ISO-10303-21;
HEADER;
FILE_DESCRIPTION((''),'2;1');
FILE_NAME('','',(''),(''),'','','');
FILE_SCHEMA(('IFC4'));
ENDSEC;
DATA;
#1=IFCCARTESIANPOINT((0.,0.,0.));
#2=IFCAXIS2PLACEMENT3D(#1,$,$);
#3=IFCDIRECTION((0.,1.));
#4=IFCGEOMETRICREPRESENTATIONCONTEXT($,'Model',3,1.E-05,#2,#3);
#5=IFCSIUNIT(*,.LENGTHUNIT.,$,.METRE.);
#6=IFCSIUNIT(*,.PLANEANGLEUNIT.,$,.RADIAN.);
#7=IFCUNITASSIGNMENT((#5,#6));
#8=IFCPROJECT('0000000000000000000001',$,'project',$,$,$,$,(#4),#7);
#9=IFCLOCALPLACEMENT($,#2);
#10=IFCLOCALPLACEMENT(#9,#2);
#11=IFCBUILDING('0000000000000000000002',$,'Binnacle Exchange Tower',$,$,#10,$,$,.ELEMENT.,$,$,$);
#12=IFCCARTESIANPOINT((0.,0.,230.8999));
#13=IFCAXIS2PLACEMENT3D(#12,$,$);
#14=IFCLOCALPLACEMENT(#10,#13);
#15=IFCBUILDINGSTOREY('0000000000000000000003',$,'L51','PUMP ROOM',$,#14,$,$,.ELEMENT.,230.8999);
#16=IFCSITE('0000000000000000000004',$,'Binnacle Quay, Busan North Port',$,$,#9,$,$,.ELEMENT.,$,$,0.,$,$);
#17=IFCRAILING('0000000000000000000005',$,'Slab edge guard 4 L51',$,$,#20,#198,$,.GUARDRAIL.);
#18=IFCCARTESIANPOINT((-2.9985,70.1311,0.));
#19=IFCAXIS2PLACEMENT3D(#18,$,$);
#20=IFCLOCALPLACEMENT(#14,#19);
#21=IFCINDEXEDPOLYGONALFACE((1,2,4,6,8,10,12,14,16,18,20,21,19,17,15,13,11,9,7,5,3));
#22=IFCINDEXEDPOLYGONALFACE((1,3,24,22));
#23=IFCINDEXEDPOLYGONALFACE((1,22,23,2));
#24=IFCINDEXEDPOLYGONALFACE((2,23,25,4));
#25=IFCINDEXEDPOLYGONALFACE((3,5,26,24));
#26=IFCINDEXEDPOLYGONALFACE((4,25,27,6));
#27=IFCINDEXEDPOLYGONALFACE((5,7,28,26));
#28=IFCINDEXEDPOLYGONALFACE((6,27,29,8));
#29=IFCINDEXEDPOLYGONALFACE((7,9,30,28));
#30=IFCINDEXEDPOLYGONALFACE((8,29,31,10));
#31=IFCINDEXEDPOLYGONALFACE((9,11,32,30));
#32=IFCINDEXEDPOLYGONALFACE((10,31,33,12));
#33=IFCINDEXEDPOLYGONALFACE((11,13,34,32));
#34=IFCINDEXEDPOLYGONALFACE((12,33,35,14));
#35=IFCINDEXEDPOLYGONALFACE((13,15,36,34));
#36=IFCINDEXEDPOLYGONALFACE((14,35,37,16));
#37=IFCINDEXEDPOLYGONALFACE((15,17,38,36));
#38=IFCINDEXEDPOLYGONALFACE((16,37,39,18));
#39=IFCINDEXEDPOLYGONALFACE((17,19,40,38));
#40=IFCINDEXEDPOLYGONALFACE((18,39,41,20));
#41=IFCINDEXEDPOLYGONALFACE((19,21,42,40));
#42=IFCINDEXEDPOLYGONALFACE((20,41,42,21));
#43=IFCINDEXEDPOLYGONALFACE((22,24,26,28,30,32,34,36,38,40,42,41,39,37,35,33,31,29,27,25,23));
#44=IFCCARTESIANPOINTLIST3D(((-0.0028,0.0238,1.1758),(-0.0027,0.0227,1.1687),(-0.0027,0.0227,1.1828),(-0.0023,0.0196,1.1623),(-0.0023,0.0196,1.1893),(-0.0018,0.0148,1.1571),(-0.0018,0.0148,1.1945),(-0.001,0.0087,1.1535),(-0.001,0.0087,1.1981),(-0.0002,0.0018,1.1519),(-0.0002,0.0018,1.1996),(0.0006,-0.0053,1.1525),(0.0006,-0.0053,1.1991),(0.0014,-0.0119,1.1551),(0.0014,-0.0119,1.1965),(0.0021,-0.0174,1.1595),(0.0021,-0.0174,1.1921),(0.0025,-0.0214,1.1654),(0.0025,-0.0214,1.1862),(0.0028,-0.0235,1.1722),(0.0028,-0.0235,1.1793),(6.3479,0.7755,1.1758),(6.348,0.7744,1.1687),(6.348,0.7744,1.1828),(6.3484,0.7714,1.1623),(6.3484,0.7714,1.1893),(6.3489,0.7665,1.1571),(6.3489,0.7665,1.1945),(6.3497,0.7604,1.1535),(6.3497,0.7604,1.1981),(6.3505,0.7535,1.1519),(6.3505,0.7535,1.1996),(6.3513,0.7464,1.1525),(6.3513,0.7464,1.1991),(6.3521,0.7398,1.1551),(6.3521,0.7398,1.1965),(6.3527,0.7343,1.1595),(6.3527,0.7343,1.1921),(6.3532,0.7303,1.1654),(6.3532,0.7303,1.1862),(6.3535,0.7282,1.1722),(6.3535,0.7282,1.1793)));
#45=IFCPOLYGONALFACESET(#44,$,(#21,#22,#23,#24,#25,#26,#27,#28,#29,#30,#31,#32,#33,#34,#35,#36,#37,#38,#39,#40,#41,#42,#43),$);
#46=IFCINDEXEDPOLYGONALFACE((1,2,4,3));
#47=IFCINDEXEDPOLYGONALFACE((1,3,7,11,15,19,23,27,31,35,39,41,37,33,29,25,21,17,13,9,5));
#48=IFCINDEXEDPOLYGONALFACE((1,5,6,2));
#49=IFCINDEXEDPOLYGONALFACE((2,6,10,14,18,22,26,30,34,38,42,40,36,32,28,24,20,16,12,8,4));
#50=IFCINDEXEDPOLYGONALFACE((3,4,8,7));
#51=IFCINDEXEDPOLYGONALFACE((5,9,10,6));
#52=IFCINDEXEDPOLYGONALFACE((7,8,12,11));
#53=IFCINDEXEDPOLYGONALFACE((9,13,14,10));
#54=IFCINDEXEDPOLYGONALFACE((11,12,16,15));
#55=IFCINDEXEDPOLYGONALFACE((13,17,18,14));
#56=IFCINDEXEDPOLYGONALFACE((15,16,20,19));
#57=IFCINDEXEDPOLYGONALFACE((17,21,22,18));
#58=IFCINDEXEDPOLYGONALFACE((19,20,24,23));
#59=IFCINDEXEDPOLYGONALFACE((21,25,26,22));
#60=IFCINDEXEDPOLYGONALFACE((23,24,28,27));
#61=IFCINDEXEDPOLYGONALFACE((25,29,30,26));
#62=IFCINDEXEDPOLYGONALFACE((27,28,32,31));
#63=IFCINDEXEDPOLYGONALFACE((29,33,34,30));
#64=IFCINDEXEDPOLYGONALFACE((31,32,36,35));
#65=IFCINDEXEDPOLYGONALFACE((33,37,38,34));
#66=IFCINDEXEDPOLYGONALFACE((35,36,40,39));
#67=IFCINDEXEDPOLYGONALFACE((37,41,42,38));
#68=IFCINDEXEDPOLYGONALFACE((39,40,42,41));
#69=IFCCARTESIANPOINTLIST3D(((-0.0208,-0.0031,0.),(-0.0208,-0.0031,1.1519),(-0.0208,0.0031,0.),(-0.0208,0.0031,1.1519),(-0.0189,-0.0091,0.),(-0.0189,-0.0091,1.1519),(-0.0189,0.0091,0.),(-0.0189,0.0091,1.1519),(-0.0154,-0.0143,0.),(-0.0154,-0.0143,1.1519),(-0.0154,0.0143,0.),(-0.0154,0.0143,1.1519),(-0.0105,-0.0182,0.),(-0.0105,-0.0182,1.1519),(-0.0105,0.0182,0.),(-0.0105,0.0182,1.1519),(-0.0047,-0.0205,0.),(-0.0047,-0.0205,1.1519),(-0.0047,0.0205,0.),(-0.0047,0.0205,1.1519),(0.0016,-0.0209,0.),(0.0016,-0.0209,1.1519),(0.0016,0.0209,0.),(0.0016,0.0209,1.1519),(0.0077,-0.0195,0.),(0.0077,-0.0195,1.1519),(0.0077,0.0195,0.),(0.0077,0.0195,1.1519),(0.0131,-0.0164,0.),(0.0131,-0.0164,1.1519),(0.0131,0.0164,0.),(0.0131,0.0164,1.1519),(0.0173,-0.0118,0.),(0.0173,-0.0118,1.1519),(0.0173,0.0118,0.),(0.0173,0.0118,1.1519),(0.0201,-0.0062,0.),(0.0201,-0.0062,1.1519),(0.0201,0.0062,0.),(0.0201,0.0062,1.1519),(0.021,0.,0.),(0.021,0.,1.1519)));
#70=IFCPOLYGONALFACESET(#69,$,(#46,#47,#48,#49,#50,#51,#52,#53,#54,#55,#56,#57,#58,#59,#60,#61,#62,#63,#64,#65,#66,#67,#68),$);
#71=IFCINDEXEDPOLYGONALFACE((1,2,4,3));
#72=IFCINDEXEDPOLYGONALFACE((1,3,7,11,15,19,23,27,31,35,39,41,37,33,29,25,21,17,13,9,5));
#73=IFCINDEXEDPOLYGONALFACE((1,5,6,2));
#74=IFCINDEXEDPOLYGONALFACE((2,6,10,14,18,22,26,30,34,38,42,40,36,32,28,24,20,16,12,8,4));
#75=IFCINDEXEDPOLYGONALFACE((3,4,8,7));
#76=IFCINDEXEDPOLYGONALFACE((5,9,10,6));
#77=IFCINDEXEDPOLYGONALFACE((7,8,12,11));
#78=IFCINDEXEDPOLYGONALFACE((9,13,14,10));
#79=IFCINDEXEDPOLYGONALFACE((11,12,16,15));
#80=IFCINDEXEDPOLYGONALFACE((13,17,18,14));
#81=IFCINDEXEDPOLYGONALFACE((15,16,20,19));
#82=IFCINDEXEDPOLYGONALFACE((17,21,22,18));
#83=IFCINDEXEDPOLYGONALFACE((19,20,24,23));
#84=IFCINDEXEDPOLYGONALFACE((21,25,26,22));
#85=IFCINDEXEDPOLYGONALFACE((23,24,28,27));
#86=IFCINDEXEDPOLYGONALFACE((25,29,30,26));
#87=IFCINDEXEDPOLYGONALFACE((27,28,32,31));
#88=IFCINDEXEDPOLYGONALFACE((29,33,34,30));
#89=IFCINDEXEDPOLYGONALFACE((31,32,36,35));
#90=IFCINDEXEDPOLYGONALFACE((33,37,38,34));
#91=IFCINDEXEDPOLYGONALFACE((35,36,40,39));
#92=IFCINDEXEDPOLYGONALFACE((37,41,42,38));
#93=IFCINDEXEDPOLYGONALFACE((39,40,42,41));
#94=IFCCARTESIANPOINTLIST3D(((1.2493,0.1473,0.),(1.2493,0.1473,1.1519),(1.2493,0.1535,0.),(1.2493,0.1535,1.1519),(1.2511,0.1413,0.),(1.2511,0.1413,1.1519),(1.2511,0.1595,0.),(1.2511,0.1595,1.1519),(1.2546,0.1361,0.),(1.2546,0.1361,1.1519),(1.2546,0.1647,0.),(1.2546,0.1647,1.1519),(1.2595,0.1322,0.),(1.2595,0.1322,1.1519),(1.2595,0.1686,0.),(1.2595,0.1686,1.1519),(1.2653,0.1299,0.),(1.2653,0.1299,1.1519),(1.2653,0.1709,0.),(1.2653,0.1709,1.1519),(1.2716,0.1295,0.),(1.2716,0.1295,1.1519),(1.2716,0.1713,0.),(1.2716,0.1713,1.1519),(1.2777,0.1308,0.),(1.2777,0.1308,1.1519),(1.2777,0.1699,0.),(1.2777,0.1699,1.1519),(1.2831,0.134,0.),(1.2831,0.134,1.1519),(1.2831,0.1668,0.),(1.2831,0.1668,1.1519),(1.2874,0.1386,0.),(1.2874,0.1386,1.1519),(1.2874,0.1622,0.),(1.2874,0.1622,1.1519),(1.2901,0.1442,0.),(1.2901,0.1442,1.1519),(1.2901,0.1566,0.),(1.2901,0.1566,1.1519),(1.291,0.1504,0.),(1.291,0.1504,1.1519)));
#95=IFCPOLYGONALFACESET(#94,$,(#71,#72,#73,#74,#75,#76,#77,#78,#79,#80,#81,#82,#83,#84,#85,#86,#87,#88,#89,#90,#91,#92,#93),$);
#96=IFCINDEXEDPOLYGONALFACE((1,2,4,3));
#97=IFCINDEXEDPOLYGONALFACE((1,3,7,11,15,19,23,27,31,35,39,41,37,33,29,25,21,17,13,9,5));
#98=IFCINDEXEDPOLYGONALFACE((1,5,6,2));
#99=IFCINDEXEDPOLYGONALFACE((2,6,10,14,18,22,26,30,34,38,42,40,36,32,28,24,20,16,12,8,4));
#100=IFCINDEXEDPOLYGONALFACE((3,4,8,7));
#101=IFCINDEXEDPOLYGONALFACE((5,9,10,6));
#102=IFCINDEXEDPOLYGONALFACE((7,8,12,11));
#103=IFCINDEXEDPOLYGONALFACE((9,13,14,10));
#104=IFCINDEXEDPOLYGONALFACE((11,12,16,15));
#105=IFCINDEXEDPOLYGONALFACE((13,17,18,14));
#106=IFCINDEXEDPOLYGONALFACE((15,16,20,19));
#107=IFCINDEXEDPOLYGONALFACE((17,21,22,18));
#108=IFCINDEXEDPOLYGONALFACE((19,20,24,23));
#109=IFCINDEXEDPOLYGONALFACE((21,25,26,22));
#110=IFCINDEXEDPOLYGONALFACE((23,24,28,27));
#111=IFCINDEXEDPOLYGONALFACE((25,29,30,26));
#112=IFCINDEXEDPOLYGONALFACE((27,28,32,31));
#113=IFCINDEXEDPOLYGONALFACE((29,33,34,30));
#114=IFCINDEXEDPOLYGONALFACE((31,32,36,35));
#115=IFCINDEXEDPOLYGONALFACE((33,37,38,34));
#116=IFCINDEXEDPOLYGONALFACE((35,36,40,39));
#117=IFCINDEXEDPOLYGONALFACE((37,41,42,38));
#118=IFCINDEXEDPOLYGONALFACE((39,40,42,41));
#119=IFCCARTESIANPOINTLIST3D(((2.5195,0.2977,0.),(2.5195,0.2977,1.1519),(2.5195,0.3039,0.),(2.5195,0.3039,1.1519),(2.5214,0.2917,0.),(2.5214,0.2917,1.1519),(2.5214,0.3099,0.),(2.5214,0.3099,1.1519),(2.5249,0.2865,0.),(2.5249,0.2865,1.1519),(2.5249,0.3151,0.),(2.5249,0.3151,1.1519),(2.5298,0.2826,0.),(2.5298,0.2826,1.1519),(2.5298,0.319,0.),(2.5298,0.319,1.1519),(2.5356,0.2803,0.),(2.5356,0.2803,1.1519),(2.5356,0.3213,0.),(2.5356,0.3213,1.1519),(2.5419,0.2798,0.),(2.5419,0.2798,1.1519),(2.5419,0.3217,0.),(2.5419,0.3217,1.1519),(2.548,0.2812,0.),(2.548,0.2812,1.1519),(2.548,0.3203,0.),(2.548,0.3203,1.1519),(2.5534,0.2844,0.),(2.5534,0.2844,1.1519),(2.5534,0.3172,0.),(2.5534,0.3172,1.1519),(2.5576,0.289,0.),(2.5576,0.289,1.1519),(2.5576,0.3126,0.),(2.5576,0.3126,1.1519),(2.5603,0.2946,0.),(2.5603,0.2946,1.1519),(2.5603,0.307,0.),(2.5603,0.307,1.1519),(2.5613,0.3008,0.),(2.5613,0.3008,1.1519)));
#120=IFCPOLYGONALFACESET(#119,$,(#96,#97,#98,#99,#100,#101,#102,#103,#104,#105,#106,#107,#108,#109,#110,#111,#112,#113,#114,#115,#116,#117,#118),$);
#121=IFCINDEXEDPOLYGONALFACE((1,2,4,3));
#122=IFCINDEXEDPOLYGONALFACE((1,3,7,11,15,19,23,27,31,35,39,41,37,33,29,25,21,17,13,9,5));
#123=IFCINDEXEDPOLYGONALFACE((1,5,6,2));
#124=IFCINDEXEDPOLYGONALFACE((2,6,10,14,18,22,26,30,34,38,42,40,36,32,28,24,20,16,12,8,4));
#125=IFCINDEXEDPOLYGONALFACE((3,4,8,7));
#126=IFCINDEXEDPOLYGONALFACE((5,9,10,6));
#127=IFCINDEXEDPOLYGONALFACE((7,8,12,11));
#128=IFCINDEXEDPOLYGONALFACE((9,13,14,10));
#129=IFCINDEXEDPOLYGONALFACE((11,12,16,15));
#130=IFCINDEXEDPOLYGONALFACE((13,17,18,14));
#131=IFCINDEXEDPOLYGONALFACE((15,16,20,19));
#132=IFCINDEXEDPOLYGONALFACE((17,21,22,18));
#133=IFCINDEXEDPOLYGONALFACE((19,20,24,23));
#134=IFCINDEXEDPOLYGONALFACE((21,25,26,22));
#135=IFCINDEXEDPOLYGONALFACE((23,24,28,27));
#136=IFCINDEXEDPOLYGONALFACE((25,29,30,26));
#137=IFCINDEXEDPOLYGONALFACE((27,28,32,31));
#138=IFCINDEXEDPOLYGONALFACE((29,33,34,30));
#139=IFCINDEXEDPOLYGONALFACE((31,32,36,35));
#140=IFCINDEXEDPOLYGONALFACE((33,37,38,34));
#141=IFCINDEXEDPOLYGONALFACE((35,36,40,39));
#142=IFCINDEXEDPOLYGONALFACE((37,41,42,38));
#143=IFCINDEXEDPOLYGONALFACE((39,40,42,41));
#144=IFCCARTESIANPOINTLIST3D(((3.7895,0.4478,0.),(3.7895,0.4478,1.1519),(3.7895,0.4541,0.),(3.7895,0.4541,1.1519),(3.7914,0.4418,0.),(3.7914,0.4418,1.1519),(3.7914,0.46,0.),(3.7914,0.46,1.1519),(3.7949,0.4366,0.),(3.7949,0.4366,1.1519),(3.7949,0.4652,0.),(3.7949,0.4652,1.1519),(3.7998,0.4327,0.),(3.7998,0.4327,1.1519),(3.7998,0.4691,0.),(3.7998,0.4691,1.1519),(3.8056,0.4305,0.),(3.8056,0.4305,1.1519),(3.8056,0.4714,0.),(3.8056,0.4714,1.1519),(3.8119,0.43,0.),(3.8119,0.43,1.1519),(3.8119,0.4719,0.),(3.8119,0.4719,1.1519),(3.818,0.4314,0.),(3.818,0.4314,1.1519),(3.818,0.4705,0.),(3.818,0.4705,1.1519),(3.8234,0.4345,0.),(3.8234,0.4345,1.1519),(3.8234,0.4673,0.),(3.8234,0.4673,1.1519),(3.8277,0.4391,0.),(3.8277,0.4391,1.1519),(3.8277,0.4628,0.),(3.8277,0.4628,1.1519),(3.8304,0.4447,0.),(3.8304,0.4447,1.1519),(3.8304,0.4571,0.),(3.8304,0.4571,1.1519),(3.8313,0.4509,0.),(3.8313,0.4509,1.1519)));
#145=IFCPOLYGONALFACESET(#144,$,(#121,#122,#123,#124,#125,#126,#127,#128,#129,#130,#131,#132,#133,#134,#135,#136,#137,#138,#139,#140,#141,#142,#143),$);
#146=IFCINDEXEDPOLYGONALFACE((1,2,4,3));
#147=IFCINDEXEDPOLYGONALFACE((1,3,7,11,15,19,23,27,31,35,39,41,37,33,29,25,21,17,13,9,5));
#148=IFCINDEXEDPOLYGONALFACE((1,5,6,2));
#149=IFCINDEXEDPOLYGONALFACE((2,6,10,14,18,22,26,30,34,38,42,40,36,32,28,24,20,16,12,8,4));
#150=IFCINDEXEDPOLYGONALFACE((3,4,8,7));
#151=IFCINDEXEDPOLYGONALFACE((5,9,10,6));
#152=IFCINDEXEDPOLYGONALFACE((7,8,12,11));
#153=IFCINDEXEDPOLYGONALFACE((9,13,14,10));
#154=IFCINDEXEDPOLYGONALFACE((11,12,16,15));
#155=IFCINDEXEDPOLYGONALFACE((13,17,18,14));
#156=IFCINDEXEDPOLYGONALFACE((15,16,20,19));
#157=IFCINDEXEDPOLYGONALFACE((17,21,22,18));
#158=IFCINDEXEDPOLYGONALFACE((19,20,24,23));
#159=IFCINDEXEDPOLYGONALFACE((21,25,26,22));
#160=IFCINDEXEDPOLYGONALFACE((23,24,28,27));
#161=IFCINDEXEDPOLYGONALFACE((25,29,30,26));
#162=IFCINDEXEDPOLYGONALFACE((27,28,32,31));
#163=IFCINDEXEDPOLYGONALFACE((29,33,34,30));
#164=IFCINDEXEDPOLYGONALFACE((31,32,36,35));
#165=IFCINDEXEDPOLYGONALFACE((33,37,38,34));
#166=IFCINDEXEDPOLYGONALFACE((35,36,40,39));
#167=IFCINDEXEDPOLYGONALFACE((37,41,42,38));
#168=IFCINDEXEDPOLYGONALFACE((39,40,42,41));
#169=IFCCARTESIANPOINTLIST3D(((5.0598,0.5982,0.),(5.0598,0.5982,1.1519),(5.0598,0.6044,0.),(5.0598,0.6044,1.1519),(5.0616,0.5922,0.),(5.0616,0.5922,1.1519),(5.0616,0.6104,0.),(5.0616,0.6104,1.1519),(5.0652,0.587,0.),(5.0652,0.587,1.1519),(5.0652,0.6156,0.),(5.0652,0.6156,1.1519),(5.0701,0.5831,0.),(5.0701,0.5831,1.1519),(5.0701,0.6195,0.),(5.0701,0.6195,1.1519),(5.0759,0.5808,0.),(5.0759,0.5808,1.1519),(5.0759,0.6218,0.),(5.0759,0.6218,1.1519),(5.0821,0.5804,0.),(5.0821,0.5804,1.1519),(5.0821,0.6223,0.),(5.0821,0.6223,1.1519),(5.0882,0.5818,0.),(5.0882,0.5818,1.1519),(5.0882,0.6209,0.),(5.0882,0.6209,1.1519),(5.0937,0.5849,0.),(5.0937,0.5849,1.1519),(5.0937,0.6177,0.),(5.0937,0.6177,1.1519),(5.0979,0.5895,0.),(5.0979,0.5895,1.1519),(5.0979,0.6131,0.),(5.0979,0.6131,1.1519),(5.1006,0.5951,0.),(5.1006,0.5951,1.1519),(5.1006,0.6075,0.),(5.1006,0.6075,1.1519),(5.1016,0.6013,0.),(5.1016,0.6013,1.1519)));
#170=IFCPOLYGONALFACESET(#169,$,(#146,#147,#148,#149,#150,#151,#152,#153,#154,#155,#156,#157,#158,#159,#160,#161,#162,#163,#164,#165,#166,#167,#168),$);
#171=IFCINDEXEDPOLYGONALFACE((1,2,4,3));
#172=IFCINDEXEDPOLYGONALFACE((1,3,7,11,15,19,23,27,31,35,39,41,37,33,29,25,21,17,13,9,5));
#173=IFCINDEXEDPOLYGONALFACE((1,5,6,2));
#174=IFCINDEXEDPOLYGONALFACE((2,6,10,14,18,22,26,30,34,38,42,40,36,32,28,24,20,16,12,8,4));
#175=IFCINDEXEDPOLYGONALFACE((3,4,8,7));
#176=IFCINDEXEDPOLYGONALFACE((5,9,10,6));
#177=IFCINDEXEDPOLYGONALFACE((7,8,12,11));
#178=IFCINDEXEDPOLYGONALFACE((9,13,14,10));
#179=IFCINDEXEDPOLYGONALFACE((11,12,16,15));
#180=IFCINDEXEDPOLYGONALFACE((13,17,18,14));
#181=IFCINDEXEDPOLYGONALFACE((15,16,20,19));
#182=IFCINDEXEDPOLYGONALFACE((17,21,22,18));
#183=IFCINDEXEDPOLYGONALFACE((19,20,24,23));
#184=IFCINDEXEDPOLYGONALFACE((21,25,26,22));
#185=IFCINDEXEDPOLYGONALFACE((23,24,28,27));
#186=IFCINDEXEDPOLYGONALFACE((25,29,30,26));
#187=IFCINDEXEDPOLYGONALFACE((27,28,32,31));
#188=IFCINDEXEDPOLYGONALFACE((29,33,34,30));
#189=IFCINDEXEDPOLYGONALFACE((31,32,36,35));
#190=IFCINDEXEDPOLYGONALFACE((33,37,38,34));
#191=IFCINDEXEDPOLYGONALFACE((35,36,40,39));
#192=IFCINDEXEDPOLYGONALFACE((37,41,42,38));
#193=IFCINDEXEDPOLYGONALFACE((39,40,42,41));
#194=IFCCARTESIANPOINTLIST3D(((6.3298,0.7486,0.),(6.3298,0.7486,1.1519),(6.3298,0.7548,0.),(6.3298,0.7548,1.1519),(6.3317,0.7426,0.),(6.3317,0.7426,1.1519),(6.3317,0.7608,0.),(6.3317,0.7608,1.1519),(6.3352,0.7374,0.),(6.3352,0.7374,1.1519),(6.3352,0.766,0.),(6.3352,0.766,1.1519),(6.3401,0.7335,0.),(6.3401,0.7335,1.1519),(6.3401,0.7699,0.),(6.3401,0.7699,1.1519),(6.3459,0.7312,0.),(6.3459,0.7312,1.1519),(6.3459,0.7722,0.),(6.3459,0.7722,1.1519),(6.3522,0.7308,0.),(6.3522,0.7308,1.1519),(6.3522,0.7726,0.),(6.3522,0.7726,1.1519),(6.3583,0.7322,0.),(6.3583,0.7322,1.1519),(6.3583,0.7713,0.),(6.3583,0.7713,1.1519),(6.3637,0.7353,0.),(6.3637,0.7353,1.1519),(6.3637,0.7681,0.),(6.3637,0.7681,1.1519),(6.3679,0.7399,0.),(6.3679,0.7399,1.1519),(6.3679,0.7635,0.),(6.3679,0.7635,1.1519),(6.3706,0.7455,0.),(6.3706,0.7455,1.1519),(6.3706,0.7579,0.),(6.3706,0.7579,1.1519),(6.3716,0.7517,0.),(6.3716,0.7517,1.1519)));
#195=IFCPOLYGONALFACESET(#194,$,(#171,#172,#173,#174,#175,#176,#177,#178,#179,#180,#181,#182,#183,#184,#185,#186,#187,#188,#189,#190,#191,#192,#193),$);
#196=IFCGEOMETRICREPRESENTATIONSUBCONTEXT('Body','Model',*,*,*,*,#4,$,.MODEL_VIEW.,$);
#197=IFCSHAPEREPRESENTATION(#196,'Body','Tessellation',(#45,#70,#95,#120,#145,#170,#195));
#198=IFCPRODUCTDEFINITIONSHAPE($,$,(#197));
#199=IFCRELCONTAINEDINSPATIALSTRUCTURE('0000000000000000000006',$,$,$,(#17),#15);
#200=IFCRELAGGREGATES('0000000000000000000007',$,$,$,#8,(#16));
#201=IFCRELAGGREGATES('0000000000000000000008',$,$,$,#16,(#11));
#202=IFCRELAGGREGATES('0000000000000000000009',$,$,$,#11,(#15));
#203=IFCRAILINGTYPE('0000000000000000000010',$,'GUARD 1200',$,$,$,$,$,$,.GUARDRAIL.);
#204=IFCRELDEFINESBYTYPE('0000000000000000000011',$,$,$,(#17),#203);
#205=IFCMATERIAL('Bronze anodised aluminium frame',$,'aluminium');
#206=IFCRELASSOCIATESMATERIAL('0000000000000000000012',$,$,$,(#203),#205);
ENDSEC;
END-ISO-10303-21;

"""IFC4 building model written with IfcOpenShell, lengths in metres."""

from ifc_helpers import new_model, si_unit, direction, frame, origin, origin_2d, place, context, subcontext, project, spatial, circle, extrude, material, type_object, element, save


model = new_model("IFC4")

# Units and contexts
model_context = context("Model", 3, precision=1e-05, world=origin(), true_north=direction((0.0, 1.0)))
body_context = subcontext(model_context, "Body", "Model", "MODEL_VIEW")
ifc_project = project(units=[si_unit("LENGTHUNIT", "METRE"), si_unit("PLANEANGLEUNIT", "RADIAN")], contexts=[model_context])

# Site, building, storey
site_placement = place(None, origin())
site = spatial("IfcSite", under=ifc_project, at=site_placement, Name="Binnacle Quay, Busan North Port", CompositionType="ELEMENT", RefElevation=0.0)
building_placement = place(site_placement, origin())
building = spatial("IfcBuilding", under=site, at=building_placement, Name="Binnacle Exchange Tower", CompositionType="ELEMENT")
storey_placement = place(building_placement, frame((0.0, 0.0, 230.8999)))
storey = spatial("IfcBuildingStorey", under=building, at=storey_placement, Name="L51", Description="PUMP ROOM", CompositionType="ELEMENT", Elevation=230.8999)

# Railing
ifc_material_1 = material(Name="Bronze anodised aluminium frame", Category="aluminium")
railing_type = type_object("IfcRailingType", Name="GUARD 1200", PredefinedType="GUARDRAIL", material=ifc_material_1)
railing_1_placement = place(storey_placement, frame((-2.9985, 70.1311, 0.0)))
element("IfcRailing", 1, at=railing_1_placement, inside=storey, type_object=railing_type, Name="Slab edge guard 4 L51", PredefinedType="GUARDRAIL", context=body_context, shape_type="SweptSolid", body=[
    extrude(circle(Radius=0.0239, at=origin_2d()), frame((0.0, 0.0, 1.1758), z_axis=(0.993067, 0.117548, 0.0), x_axis=(-0.117548, 0.993067, 0.0)), (0.0, 0.0, 1.0), 6.395),
    extrude(circle(Radius=0.021, at=origin_2d()), origin(), (0.0, 0.0, 1.0), 1.1519),
    extrude(circle(Radius=0.021, at=origin_2d()), frame((1.27, 0.1504, 0.0)), (0.0, 0.0, 1.0), 1.1519),
    extrude(circle(Radius=0.021, at=origin_2d()), frame((2.5403, 0.3008, 0.0)), (0.0, 0.0, 1.0), 1.1519),
    extrude(circle(Radius=0.021, at=origin_2d()), frame((3.8103, 0.4509, 0.0)), (0.0, 0.0, 1.0), 1.1519),
    extrude(circle(Radius=0.021, at=origin_2d()), frame((5.0806, 0.6013, 0.0)), (0.0, 0.0, 1.0), 1.1519),
    extrude(circle(Radius=0.021, at=origin_2d()), frame((6.3506, 0.7517, 0.0)), (0.0, 0.0, 1.0), 1.1519),
])

save(model, "model.ifc")
